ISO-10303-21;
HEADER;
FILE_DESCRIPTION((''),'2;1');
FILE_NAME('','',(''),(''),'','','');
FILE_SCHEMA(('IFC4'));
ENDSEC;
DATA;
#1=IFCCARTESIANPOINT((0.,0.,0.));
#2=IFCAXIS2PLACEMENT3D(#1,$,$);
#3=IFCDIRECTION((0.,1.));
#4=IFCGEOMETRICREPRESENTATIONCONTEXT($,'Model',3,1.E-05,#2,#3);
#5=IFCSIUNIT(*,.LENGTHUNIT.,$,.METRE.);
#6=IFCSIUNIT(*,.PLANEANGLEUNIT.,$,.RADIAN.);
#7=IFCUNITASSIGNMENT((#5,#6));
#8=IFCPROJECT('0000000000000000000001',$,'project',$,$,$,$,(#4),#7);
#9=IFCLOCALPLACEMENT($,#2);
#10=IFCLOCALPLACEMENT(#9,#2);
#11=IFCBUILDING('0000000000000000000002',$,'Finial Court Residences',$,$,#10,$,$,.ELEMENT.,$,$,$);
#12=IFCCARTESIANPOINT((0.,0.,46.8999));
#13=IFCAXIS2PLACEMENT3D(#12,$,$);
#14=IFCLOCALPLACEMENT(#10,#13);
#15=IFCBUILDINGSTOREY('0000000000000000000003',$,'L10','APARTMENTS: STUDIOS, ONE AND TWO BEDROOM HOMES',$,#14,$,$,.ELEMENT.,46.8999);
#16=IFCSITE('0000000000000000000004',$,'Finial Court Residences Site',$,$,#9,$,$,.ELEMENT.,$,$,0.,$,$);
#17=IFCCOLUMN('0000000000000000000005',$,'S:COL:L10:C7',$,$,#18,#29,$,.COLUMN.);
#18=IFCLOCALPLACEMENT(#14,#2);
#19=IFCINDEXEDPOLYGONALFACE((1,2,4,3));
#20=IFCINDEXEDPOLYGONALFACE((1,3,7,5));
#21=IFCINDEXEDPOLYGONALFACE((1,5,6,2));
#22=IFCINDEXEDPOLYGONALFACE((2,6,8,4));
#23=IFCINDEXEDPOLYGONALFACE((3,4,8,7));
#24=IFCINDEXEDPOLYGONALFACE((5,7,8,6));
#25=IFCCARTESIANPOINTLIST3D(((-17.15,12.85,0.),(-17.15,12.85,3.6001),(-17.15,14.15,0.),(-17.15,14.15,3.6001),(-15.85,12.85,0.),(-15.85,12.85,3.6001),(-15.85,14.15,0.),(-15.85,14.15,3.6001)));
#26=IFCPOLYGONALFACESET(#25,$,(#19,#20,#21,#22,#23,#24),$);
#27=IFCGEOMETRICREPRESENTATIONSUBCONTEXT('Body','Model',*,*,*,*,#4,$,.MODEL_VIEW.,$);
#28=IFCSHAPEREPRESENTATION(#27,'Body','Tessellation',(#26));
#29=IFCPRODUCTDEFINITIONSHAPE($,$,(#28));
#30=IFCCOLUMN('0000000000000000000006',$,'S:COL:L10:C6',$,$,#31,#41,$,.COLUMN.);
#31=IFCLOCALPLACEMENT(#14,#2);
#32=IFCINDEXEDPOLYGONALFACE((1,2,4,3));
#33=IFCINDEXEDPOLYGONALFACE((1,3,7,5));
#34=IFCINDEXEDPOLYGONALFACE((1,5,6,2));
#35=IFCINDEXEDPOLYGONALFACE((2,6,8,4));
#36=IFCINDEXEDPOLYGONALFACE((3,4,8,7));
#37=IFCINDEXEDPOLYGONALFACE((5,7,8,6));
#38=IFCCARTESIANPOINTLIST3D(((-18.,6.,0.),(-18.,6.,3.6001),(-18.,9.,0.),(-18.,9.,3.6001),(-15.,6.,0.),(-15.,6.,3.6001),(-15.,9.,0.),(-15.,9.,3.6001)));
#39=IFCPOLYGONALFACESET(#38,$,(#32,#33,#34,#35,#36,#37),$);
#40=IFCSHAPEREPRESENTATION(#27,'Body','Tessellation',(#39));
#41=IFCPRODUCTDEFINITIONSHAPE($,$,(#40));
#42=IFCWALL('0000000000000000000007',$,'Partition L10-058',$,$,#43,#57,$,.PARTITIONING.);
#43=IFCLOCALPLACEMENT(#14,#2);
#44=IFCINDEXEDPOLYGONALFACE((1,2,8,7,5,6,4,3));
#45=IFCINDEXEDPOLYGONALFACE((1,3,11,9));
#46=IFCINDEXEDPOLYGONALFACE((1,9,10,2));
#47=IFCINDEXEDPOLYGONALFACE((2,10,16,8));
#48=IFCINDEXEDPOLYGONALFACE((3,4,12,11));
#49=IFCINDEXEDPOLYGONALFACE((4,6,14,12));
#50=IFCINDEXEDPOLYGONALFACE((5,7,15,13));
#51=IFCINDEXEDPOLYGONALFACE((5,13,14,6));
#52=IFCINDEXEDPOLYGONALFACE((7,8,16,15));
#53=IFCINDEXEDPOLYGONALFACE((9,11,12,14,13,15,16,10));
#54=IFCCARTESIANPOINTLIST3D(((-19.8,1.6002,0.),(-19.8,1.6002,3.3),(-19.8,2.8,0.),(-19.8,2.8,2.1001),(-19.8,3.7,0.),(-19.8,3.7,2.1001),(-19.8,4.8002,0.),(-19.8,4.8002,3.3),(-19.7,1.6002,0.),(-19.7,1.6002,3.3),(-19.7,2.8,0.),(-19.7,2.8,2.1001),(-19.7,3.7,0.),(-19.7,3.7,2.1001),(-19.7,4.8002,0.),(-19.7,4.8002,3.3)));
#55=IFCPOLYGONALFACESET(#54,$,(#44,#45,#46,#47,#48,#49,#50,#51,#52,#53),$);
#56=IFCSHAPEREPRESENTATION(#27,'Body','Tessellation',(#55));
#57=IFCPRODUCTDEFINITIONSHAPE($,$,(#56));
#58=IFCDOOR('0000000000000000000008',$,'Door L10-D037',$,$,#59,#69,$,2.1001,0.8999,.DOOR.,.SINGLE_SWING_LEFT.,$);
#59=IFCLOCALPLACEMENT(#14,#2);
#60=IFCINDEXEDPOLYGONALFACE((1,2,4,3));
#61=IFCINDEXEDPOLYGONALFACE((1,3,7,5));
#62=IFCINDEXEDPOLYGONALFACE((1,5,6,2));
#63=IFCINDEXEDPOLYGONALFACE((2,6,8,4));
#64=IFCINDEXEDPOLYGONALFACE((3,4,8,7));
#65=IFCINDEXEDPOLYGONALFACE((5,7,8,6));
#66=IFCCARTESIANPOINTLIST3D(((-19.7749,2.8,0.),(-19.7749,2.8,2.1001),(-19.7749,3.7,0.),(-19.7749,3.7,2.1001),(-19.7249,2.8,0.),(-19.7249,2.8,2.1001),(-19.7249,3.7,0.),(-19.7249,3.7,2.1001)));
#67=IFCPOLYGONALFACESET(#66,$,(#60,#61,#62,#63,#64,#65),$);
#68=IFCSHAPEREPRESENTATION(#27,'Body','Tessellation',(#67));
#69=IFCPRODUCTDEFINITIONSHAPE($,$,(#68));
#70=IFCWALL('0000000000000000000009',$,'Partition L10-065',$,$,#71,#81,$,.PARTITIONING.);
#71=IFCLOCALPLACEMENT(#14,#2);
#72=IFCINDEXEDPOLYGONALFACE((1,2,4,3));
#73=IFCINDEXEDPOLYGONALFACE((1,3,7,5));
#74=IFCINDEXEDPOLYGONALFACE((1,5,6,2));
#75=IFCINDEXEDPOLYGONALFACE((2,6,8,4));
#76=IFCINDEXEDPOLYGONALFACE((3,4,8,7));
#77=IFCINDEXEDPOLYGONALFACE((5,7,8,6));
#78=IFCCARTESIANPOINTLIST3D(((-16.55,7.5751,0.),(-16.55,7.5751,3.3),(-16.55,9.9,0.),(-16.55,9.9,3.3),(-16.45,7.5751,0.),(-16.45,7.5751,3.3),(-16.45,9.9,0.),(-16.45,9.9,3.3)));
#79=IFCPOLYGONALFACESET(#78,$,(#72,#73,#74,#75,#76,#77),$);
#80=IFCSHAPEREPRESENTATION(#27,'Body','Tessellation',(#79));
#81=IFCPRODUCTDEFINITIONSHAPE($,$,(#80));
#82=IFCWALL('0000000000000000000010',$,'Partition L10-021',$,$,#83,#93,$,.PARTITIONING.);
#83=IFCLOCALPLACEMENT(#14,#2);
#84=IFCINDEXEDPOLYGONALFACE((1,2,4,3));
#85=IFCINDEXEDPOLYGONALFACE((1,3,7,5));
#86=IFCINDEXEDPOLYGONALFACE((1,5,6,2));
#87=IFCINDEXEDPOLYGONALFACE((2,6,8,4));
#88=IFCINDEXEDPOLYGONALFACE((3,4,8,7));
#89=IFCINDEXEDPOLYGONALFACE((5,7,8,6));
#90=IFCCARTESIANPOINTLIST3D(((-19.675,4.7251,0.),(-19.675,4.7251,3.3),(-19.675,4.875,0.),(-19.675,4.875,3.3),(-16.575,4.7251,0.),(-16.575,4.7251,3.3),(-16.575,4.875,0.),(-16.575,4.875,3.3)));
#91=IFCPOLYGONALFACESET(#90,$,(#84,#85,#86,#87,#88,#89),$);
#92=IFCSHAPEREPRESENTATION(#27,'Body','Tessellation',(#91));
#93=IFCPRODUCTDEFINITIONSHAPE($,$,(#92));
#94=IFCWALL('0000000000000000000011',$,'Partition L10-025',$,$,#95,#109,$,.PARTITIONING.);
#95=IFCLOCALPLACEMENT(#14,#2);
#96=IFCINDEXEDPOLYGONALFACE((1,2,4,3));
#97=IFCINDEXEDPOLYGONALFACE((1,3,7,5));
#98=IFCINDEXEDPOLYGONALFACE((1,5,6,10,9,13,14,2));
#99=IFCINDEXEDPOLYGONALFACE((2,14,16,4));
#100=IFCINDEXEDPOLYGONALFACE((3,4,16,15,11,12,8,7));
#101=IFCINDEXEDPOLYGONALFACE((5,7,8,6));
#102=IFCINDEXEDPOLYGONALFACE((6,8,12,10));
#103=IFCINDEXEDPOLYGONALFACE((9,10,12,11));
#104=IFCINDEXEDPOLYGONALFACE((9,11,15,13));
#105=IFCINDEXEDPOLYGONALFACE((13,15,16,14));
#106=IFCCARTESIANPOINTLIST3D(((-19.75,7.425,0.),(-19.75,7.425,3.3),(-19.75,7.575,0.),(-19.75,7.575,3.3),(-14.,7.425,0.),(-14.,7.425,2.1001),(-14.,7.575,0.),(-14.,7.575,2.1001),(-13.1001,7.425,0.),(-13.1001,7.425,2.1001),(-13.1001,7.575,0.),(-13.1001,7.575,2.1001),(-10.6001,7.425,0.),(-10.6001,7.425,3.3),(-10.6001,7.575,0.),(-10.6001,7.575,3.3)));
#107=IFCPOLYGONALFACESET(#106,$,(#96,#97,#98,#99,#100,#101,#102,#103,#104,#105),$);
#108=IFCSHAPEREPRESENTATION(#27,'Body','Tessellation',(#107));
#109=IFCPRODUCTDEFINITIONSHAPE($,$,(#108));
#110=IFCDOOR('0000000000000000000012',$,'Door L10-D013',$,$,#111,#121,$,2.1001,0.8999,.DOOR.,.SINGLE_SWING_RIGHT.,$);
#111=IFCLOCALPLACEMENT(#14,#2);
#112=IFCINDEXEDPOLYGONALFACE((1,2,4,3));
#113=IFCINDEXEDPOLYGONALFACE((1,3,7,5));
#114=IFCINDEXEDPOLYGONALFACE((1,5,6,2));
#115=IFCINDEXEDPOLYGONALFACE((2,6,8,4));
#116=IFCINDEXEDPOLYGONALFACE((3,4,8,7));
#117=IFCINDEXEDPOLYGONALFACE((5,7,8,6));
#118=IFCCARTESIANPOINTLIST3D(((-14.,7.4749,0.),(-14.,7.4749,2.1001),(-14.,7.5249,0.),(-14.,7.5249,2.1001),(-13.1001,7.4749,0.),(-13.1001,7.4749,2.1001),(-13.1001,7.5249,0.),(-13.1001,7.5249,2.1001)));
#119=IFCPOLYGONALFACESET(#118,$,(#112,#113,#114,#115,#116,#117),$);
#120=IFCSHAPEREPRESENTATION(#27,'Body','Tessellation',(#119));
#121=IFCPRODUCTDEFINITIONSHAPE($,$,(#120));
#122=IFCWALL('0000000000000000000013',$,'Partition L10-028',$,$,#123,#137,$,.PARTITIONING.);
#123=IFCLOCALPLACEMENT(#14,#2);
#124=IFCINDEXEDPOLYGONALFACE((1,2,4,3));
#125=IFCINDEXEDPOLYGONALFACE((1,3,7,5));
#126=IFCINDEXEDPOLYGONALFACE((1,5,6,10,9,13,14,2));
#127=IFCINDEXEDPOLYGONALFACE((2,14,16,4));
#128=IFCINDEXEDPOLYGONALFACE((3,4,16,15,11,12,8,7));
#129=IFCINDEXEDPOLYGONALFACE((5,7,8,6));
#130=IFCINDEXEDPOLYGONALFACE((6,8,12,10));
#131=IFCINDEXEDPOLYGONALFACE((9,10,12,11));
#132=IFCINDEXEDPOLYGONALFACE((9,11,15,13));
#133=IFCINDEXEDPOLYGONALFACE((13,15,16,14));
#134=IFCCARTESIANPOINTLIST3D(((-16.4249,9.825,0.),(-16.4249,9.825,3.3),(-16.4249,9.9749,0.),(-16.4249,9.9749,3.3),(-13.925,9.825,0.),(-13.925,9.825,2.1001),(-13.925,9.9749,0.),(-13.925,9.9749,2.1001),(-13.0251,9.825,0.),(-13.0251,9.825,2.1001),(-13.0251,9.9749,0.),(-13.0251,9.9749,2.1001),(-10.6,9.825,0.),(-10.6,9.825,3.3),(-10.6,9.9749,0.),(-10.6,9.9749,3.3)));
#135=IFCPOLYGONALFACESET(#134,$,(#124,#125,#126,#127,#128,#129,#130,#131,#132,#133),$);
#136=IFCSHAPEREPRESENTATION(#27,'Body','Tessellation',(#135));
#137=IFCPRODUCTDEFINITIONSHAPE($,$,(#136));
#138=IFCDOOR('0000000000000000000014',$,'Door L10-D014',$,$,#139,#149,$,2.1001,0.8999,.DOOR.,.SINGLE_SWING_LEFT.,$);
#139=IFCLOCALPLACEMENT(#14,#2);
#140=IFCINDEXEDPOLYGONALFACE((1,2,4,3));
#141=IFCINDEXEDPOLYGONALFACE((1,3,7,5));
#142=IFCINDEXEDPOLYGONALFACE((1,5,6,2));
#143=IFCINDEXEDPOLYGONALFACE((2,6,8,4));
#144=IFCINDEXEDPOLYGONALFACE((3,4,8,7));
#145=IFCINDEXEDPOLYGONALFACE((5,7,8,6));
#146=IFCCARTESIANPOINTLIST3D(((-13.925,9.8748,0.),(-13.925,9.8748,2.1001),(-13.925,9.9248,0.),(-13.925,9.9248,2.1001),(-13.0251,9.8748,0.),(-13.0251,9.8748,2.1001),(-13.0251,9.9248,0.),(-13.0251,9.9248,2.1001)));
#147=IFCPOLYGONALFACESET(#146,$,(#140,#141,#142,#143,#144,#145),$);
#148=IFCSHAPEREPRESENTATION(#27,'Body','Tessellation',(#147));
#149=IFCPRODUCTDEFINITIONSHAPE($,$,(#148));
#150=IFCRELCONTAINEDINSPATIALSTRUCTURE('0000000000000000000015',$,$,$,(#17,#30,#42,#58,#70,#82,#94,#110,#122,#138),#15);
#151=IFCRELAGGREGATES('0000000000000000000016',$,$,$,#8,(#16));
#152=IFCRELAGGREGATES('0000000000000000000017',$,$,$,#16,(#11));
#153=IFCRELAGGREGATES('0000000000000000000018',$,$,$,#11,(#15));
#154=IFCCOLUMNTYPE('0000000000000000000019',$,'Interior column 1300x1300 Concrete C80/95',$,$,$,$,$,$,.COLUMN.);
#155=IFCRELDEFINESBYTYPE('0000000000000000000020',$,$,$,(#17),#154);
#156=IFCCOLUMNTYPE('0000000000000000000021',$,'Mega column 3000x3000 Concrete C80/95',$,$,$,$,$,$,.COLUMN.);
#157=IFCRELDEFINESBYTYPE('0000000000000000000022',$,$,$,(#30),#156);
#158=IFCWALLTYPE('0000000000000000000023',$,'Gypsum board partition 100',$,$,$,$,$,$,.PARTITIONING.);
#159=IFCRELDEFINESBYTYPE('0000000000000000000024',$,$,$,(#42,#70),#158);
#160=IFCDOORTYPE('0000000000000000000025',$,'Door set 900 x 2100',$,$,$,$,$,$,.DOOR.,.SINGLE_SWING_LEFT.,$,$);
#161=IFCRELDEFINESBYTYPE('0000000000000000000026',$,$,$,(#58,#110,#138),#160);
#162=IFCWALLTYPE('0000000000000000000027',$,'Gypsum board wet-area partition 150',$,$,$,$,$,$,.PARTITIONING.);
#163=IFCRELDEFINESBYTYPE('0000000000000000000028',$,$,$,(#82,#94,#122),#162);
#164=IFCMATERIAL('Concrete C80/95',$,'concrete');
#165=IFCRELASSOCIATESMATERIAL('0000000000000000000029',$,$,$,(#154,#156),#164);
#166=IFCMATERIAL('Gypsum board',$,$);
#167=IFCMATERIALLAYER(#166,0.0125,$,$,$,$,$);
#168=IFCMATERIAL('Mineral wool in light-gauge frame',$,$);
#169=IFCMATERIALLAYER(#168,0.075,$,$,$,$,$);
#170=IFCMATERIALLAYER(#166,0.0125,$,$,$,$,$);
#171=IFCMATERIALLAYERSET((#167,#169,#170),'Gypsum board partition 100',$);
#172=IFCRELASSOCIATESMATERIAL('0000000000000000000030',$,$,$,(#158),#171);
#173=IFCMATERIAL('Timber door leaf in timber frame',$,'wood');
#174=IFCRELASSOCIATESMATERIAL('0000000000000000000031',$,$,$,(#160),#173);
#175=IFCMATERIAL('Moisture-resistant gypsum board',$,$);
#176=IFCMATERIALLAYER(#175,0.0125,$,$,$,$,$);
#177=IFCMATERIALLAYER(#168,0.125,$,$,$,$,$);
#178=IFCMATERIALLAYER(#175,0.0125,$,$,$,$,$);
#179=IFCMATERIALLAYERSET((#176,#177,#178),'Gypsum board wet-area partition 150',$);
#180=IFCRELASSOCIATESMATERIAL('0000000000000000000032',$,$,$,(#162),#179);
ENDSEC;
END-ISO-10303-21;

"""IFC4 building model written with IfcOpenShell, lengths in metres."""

from ifc_helpers import new_model, si_unit, direction, frame, frame_2d, origin, origin_2d, place, context, subcontext, project, spatial, rectangle, extrude, material, layer, layer_set, material_profile, profile_set, type_object, element, fill, save


model = new_model("IFC4")

# Units and contexts
model_context = context("Model", 3, precision=1e-05, world=origin(), true_north=direction((0.0, 1.0)))
body_context = subcontext(model_context, "Body", "Model", "MODEL_VIEW")
ifc_project = project(units=[si_unit("LENGTHUNIT", "METRE"), si_unit("PLANEANGLEUNIT", "RADIAN")], contexts=[model_context])

# Site, building, storey
site_placement = place(None, origin())
site = spatial("IfcSite", under=ifc_project, at=site_placement, Name="Finial Court Residences Site", CompositionType="ELEMENT", RefElevation=0.0)
building_placement = place(site_placement, origin())
building = spatial("IfcBuilding", under=site, at=building_placement, Name="Finial Court Residences", CompositionType="ELEMENT")
storey_placement = place(building_placement, frame((0.0, 0.0, 46.8999)))
storey = spatial("IfcBuildingStorey", under=building, at=storey_placement, Name="L10", Description="APARTMENTS: STUDIOS, ONE AND TWO BEDROOM HOMES", CompositionType="ELEMENT", Elevation=46.8999)

# Columns
ifc_material_1 = material(Name="Concrete C80/95", Category="concrete")
ifc_material_profile_1 = material_profile(ifc_material_1, rectangle(XDim=1.3, YDim=1.3, at=origin_2d()), Name="1300x1300")
ifc_profile_set_1 = profile_set([ifc_material_profile_1], Name="Concrete C80/95")
column_type_1 = type_object("IfcColumnType", Name="Interior column 1300x1300 Concrete C80/95", PredefinedType="COLUMN", material=ifc_profile_set_1)
column_1_placement = place(storey_placement, frame((-16.5, 13.5, 0.0), z_axis=(0.0, 0.0, 1.0), x_axis=(1.0, 0.0, 0.0)))
element("IfcColumn", 1, at=column_1_placement, inside=storey, type_object=column_type_1, Name="S:COL:L10:C7", PredefinedType="COLUMN", context=body_context, shape_type="SweptSolid", body=[
    extrude(rectangle(XDim=1.3, YDim=1.3, at=origin_2d()), origin(), (0.0, 0.0, 1.0), 3.6001),
])
ifc_material_profile_2 = material_profile(ifc_material_1, rectangle(XDim=3.0, YDim=3.0, at=origin_2d()), Name="3000x3000")
ifc_profile_set_2 = profile_set([ifc_material_profile_2], Name="Concrete C80/95")
column_type_2 = type_object("IfcColumnType", Name="Mega column 3000x3000 Concrete C80/95", PredefinedType="COLUMN", material=ifc_profile_set_2)
column_2_placement = place(storey_placement, frame((-16.5, 7.5, 0.0), z_axis=(0.0, 0.0, 1.0), x_axis=(1.0, 0.0, 0.0)))
element("IfcColumn", 2, at=column_2_placement, inside=storey, type_object=column_type_2, Name="S:COL:L10:C6", PredefinedType="COLUMN", context=body_context, shape_type="SweptSolid", body=[
    extrude(rectangle(XDim=3.0, YDim=3.0, at=origin_2d()), origin(), (0.0, 0.0, 1.0), 3.6001),
])

# Wall, opening, door
ifc_material_2 = material(Name="Gypsum board")
ifc_layer_1 = layer(ifc_material_2, 0.0125)
ifc_material_3 = material(Name="Mineral wool in light-gauge frame")
ifc_layer_2 = layer(ifc_material_3, 0.075)
ifc_layer_3 = layer(ifc_material_2, 0.0125)
ifc_layer_set_1 = layer_set([ifc_layer_1, ifc_layer_2, ifc_layer_3], Name="Gypsum board partition 100")
wall_type_1 = type_object("IfcWallType", Name="Gypsum board partition 100", PredefinedType="PARTITIONING", material=ifc_layer_set_1)
wall_1_placement = place(storey_placement, frame((-19.75, 1.6001, 0.0), z_axis=(0.0, 0.0, 1.0), x_axis=(0.0, 1.0, 0.0)))
wall_1 = element("IfcWall", 3, at=wall_1_placement, inside=storey, type_object=wall_type_1, Name="Partition L10-058", PredefinedType="PARTITIONING", context=body_context, shape_type="SweptSolid", body=[
    extrude(rectangle(XDim=3.2, YDim=0.1001, at=frame_2d((1.6001, 0.0))), origin(), (0.0, 0.0, 1.0), 3.3),
])
opening_1_placement = place(wall_1_placement, frame((1.2, 0.0, 0.0)))
opening_1 = element("IfcOpeningElement", 4, at=opening_1_placement, cuts=wall_1, PredefinedType="OPENING", context=body_context, shape_type="SweptSolid", body=[
    extrude(rectangle(XDim=0.8999, YDim=2.1001, at=frame_2d((0.45, 1.05))), frame((0.0, 0.0601, 0.0), z_axis=(0.0, -1.0, 0.0), x_axis=(1.0, 0.0, 0.0)), (0.0, 0.0, 1.0), 0.1201),
])
ifc_material_4 = material(Name="Timber door leaf in timber frame", Category="wood")
door_type = type_object("IfcDoorType", Name="Door set 900 x 2100", OperationType="SINGLE_SWING_LEFT", PredefinedType="DOOR", material=ifc_material_4)
door_1_placement = place(opening_1_placement, origin())
door_1 = element("IfcDoor", 5, at=door_1_placement, inside=storey, type_object=door_type, Name="Door L10-D037", OperationType="SINGLE_SWING_LEFT", OverallHeight=2.1001, OverallWidth=0.8999, PredefinedType="DOOR", context=body_context, shape_type="SweptSolid", body=[
    extrude(rectangle(XDim=0.8999, YDim=2.1001, at=frame_2d((0.45, 1.05))), frame((0.0, 0.0249, 0.0), z_axis=(0.0, -1.0, 0.0), x_axis=(1.0, 0.0, 0.0)), (0.0, 0.0, 1.0), 0.05),
])
fill(opening_1, door_1)

# Walls
wall_2_placement = place(storey_placement, frame((-16.5, 7.575, 0.0), z_axis=(0.0, 0.0, 1.0), x_axis=(0.0, 1.0, 0.0)))
element("IfcWall", 6, at=wall_2_placement, inside=storey, type_object=wall_type_1, Name="Partition L10-065", PredefinedType="PARTITIONING", context=body_context, shape_type="SweptSolid", body=[
    extrude(rectangle(XDim=2.325, YDim=0.1001, at=frame_2d((1.1626, 0.0))), origin(), (0.0, 0.0, 1.0), 3.3),
])
ifc_material_5 = material(Name="Moisture-resistant gypsum board")
ifc_layer_4 = layer(ifc_material_5, 0.0125)
ifc_layer_5 = layer(ifc_material_3, 0.125)
ifc_layer_6 = layer(ifc_material_5, 0.0125)
ifc_layer_set_2 = layer_set([ifc_layer_4, ifc_layer_5, ifc_layer_6], Name="Gypsum board wet-area partition 150")
wall_type_2 = type_object("IfcWallType", Name="Gypsum board wet-area partition 150", PredefinedType="PARTITIONING", material=ifc_layer_set_2)
wall_3_placement = place(storey_placement, frame((-19.675, 4.8, 0.0), z_axis=(0.0, 0.0, 1.0), x_axis=(1.0, 0.0, 0.0)))
element("IfcWall", 7, at=wall_3_placement, inside=storey, type_object=wall_type_2, Name="Partition L10-021", PredefinedType="PARTITIONING", context=body_context, shape_type="SweptSolid", body=[
    extrude(rectangle(XDim=3.1001, YDim=0.1499, at=frame_2d((1.55, 0.0))), origin(), (0.0, 0.0, 1.0), 3.3),
])

# Walls, openings, doors
wall_4_placement = place(storey_placement, frame((-19.75, 7.5, 0.0), z_axis=(0.0, 0.0, 1.0), x_axis=(1.0, 0.0, 0.0)))
wall_4 = element("IfcWall", 8, at=wall_4_placement, inside=storey, type_object=wall_type_2, Name="Partition L10-025", PredefinedType="PARTITIONING", context=body_context, shape_type="SweptSolid", body=[
    extrude(rectangle(XDim=9.1499, YDim=0.1499, at=frame_2d((4.575, 0.0))), origin(), (0.0, 0.0, 1.0), 3.3),
])
opening_2_placement = place(wall_4_placement, frame((5.75, 0.0, 0.0)))
opening_2 = element("IfcOpeningElement", 9, at=opening_2_placement, cuts=wall_4, PredefinedType="OPENING", context=body_context, shape_type="SweptSolid", body=[
    extrude(rectangle(XDim=0.8999, YDim=2.1001, at=frame_2d((0.45, 1.05))), frame((0.0, 0.085, 0.0), z_axis=(0.0, -1.0, 0.0), x_axis=(1.0, 0.0, 0.0)), (0.0, 0.0, 1.0), 0.1699),
])
door_2_placement = place(opening_2_placement, origin())
door_2 = element("IfcDoor", 10, at=door_2_placement, inside=storey, type_object=door_type, Name="Door L10-D013", OperationType="SINGLE_SWING_RIGHT", OverallHeight=2.1001, OverallWidth=0.8999, PredefinedType="DOOR", context=body_context, shape_type="SweptSolid", body=[
    extrude(rectangle(XDim=0.8999, YDim=2.1001, at=frame_2d((0.45, 1.05))), frame((0.0, 0.0249, 0.0), z_axis=(0.0, -1.0, 0.0), x_axis=(1.0, 0.0, 0.0)), (0.0, 0.0, 1.0), 0.05),
])
fill(opening_2, door_2)
wall_5_placement = place(storey_placement, frame((-16.425, 9.8999, 0.0), z_axis=(0.0, 0.0, 1.0), x_axis=(1.0, 0.0, 0.0)))
wall_5 = element("IfcWall", 11, at=wall_5_placement, inside=storey, type_object=wall_type_2, Name="Partition L10-028", PredefinedType="PARTITIONING", context=body_context, shape_type="SweptSolid", body=[
    extrude(rectangle(XDim=5.825, YDim=0.1499, at=frame_2d((2.9126, 0.0))), origin(), (0.0, 0.0, 1.0), 3.3),
])
opening_3_placement = place(wall_5_placement, frame((2.5, 0.0, 0.0)))
opening_3 = element("IfcOpeningElement", 12, at=opening_3_placement, cuts=wall_5, PredefinedType="OPENING", context=body_context, shape_type="SweptSolid", body=[
    extrude(rectangle(XDim=0.8999, YDim=2.1001, at=frame_2d((0.45, 1.05))), frame((0.0, 0.085, 0.0), z_axis=(0.0, -1.0, 0.0), x_axis=(1.0, 0.0, 0.0)), (0.0, 0.0, 1.0), 0.1699),
])
door_3_placement = place(opening_3_placement, origin())
door_3 = element("IfcDoor", 13, at=door_3_placement, inside=storey, type_object=door_type, Name="Door L10-D014", OperationType="SINGLE_SWING_LEFT", OverallHeight=2.1001, OverallWidth=0.8999, PredefinedType="DOOR", context=body_context, shape_type="SweptSolid", body=[
    extrude(rectangle(XDim=0.8999, YDim=2.1001, at=frame_2d((0.45, 1.05))), frame((0.0, 0.0249, 0.0), z_axis=(0.0, -1.0, 0.0), x_axis=(1.0, 0.0, 0.0)), (0.0, 0.0, 1.0), 0.05),
])
fill(opening_3, door_3)

save(model, "model.ifc")
